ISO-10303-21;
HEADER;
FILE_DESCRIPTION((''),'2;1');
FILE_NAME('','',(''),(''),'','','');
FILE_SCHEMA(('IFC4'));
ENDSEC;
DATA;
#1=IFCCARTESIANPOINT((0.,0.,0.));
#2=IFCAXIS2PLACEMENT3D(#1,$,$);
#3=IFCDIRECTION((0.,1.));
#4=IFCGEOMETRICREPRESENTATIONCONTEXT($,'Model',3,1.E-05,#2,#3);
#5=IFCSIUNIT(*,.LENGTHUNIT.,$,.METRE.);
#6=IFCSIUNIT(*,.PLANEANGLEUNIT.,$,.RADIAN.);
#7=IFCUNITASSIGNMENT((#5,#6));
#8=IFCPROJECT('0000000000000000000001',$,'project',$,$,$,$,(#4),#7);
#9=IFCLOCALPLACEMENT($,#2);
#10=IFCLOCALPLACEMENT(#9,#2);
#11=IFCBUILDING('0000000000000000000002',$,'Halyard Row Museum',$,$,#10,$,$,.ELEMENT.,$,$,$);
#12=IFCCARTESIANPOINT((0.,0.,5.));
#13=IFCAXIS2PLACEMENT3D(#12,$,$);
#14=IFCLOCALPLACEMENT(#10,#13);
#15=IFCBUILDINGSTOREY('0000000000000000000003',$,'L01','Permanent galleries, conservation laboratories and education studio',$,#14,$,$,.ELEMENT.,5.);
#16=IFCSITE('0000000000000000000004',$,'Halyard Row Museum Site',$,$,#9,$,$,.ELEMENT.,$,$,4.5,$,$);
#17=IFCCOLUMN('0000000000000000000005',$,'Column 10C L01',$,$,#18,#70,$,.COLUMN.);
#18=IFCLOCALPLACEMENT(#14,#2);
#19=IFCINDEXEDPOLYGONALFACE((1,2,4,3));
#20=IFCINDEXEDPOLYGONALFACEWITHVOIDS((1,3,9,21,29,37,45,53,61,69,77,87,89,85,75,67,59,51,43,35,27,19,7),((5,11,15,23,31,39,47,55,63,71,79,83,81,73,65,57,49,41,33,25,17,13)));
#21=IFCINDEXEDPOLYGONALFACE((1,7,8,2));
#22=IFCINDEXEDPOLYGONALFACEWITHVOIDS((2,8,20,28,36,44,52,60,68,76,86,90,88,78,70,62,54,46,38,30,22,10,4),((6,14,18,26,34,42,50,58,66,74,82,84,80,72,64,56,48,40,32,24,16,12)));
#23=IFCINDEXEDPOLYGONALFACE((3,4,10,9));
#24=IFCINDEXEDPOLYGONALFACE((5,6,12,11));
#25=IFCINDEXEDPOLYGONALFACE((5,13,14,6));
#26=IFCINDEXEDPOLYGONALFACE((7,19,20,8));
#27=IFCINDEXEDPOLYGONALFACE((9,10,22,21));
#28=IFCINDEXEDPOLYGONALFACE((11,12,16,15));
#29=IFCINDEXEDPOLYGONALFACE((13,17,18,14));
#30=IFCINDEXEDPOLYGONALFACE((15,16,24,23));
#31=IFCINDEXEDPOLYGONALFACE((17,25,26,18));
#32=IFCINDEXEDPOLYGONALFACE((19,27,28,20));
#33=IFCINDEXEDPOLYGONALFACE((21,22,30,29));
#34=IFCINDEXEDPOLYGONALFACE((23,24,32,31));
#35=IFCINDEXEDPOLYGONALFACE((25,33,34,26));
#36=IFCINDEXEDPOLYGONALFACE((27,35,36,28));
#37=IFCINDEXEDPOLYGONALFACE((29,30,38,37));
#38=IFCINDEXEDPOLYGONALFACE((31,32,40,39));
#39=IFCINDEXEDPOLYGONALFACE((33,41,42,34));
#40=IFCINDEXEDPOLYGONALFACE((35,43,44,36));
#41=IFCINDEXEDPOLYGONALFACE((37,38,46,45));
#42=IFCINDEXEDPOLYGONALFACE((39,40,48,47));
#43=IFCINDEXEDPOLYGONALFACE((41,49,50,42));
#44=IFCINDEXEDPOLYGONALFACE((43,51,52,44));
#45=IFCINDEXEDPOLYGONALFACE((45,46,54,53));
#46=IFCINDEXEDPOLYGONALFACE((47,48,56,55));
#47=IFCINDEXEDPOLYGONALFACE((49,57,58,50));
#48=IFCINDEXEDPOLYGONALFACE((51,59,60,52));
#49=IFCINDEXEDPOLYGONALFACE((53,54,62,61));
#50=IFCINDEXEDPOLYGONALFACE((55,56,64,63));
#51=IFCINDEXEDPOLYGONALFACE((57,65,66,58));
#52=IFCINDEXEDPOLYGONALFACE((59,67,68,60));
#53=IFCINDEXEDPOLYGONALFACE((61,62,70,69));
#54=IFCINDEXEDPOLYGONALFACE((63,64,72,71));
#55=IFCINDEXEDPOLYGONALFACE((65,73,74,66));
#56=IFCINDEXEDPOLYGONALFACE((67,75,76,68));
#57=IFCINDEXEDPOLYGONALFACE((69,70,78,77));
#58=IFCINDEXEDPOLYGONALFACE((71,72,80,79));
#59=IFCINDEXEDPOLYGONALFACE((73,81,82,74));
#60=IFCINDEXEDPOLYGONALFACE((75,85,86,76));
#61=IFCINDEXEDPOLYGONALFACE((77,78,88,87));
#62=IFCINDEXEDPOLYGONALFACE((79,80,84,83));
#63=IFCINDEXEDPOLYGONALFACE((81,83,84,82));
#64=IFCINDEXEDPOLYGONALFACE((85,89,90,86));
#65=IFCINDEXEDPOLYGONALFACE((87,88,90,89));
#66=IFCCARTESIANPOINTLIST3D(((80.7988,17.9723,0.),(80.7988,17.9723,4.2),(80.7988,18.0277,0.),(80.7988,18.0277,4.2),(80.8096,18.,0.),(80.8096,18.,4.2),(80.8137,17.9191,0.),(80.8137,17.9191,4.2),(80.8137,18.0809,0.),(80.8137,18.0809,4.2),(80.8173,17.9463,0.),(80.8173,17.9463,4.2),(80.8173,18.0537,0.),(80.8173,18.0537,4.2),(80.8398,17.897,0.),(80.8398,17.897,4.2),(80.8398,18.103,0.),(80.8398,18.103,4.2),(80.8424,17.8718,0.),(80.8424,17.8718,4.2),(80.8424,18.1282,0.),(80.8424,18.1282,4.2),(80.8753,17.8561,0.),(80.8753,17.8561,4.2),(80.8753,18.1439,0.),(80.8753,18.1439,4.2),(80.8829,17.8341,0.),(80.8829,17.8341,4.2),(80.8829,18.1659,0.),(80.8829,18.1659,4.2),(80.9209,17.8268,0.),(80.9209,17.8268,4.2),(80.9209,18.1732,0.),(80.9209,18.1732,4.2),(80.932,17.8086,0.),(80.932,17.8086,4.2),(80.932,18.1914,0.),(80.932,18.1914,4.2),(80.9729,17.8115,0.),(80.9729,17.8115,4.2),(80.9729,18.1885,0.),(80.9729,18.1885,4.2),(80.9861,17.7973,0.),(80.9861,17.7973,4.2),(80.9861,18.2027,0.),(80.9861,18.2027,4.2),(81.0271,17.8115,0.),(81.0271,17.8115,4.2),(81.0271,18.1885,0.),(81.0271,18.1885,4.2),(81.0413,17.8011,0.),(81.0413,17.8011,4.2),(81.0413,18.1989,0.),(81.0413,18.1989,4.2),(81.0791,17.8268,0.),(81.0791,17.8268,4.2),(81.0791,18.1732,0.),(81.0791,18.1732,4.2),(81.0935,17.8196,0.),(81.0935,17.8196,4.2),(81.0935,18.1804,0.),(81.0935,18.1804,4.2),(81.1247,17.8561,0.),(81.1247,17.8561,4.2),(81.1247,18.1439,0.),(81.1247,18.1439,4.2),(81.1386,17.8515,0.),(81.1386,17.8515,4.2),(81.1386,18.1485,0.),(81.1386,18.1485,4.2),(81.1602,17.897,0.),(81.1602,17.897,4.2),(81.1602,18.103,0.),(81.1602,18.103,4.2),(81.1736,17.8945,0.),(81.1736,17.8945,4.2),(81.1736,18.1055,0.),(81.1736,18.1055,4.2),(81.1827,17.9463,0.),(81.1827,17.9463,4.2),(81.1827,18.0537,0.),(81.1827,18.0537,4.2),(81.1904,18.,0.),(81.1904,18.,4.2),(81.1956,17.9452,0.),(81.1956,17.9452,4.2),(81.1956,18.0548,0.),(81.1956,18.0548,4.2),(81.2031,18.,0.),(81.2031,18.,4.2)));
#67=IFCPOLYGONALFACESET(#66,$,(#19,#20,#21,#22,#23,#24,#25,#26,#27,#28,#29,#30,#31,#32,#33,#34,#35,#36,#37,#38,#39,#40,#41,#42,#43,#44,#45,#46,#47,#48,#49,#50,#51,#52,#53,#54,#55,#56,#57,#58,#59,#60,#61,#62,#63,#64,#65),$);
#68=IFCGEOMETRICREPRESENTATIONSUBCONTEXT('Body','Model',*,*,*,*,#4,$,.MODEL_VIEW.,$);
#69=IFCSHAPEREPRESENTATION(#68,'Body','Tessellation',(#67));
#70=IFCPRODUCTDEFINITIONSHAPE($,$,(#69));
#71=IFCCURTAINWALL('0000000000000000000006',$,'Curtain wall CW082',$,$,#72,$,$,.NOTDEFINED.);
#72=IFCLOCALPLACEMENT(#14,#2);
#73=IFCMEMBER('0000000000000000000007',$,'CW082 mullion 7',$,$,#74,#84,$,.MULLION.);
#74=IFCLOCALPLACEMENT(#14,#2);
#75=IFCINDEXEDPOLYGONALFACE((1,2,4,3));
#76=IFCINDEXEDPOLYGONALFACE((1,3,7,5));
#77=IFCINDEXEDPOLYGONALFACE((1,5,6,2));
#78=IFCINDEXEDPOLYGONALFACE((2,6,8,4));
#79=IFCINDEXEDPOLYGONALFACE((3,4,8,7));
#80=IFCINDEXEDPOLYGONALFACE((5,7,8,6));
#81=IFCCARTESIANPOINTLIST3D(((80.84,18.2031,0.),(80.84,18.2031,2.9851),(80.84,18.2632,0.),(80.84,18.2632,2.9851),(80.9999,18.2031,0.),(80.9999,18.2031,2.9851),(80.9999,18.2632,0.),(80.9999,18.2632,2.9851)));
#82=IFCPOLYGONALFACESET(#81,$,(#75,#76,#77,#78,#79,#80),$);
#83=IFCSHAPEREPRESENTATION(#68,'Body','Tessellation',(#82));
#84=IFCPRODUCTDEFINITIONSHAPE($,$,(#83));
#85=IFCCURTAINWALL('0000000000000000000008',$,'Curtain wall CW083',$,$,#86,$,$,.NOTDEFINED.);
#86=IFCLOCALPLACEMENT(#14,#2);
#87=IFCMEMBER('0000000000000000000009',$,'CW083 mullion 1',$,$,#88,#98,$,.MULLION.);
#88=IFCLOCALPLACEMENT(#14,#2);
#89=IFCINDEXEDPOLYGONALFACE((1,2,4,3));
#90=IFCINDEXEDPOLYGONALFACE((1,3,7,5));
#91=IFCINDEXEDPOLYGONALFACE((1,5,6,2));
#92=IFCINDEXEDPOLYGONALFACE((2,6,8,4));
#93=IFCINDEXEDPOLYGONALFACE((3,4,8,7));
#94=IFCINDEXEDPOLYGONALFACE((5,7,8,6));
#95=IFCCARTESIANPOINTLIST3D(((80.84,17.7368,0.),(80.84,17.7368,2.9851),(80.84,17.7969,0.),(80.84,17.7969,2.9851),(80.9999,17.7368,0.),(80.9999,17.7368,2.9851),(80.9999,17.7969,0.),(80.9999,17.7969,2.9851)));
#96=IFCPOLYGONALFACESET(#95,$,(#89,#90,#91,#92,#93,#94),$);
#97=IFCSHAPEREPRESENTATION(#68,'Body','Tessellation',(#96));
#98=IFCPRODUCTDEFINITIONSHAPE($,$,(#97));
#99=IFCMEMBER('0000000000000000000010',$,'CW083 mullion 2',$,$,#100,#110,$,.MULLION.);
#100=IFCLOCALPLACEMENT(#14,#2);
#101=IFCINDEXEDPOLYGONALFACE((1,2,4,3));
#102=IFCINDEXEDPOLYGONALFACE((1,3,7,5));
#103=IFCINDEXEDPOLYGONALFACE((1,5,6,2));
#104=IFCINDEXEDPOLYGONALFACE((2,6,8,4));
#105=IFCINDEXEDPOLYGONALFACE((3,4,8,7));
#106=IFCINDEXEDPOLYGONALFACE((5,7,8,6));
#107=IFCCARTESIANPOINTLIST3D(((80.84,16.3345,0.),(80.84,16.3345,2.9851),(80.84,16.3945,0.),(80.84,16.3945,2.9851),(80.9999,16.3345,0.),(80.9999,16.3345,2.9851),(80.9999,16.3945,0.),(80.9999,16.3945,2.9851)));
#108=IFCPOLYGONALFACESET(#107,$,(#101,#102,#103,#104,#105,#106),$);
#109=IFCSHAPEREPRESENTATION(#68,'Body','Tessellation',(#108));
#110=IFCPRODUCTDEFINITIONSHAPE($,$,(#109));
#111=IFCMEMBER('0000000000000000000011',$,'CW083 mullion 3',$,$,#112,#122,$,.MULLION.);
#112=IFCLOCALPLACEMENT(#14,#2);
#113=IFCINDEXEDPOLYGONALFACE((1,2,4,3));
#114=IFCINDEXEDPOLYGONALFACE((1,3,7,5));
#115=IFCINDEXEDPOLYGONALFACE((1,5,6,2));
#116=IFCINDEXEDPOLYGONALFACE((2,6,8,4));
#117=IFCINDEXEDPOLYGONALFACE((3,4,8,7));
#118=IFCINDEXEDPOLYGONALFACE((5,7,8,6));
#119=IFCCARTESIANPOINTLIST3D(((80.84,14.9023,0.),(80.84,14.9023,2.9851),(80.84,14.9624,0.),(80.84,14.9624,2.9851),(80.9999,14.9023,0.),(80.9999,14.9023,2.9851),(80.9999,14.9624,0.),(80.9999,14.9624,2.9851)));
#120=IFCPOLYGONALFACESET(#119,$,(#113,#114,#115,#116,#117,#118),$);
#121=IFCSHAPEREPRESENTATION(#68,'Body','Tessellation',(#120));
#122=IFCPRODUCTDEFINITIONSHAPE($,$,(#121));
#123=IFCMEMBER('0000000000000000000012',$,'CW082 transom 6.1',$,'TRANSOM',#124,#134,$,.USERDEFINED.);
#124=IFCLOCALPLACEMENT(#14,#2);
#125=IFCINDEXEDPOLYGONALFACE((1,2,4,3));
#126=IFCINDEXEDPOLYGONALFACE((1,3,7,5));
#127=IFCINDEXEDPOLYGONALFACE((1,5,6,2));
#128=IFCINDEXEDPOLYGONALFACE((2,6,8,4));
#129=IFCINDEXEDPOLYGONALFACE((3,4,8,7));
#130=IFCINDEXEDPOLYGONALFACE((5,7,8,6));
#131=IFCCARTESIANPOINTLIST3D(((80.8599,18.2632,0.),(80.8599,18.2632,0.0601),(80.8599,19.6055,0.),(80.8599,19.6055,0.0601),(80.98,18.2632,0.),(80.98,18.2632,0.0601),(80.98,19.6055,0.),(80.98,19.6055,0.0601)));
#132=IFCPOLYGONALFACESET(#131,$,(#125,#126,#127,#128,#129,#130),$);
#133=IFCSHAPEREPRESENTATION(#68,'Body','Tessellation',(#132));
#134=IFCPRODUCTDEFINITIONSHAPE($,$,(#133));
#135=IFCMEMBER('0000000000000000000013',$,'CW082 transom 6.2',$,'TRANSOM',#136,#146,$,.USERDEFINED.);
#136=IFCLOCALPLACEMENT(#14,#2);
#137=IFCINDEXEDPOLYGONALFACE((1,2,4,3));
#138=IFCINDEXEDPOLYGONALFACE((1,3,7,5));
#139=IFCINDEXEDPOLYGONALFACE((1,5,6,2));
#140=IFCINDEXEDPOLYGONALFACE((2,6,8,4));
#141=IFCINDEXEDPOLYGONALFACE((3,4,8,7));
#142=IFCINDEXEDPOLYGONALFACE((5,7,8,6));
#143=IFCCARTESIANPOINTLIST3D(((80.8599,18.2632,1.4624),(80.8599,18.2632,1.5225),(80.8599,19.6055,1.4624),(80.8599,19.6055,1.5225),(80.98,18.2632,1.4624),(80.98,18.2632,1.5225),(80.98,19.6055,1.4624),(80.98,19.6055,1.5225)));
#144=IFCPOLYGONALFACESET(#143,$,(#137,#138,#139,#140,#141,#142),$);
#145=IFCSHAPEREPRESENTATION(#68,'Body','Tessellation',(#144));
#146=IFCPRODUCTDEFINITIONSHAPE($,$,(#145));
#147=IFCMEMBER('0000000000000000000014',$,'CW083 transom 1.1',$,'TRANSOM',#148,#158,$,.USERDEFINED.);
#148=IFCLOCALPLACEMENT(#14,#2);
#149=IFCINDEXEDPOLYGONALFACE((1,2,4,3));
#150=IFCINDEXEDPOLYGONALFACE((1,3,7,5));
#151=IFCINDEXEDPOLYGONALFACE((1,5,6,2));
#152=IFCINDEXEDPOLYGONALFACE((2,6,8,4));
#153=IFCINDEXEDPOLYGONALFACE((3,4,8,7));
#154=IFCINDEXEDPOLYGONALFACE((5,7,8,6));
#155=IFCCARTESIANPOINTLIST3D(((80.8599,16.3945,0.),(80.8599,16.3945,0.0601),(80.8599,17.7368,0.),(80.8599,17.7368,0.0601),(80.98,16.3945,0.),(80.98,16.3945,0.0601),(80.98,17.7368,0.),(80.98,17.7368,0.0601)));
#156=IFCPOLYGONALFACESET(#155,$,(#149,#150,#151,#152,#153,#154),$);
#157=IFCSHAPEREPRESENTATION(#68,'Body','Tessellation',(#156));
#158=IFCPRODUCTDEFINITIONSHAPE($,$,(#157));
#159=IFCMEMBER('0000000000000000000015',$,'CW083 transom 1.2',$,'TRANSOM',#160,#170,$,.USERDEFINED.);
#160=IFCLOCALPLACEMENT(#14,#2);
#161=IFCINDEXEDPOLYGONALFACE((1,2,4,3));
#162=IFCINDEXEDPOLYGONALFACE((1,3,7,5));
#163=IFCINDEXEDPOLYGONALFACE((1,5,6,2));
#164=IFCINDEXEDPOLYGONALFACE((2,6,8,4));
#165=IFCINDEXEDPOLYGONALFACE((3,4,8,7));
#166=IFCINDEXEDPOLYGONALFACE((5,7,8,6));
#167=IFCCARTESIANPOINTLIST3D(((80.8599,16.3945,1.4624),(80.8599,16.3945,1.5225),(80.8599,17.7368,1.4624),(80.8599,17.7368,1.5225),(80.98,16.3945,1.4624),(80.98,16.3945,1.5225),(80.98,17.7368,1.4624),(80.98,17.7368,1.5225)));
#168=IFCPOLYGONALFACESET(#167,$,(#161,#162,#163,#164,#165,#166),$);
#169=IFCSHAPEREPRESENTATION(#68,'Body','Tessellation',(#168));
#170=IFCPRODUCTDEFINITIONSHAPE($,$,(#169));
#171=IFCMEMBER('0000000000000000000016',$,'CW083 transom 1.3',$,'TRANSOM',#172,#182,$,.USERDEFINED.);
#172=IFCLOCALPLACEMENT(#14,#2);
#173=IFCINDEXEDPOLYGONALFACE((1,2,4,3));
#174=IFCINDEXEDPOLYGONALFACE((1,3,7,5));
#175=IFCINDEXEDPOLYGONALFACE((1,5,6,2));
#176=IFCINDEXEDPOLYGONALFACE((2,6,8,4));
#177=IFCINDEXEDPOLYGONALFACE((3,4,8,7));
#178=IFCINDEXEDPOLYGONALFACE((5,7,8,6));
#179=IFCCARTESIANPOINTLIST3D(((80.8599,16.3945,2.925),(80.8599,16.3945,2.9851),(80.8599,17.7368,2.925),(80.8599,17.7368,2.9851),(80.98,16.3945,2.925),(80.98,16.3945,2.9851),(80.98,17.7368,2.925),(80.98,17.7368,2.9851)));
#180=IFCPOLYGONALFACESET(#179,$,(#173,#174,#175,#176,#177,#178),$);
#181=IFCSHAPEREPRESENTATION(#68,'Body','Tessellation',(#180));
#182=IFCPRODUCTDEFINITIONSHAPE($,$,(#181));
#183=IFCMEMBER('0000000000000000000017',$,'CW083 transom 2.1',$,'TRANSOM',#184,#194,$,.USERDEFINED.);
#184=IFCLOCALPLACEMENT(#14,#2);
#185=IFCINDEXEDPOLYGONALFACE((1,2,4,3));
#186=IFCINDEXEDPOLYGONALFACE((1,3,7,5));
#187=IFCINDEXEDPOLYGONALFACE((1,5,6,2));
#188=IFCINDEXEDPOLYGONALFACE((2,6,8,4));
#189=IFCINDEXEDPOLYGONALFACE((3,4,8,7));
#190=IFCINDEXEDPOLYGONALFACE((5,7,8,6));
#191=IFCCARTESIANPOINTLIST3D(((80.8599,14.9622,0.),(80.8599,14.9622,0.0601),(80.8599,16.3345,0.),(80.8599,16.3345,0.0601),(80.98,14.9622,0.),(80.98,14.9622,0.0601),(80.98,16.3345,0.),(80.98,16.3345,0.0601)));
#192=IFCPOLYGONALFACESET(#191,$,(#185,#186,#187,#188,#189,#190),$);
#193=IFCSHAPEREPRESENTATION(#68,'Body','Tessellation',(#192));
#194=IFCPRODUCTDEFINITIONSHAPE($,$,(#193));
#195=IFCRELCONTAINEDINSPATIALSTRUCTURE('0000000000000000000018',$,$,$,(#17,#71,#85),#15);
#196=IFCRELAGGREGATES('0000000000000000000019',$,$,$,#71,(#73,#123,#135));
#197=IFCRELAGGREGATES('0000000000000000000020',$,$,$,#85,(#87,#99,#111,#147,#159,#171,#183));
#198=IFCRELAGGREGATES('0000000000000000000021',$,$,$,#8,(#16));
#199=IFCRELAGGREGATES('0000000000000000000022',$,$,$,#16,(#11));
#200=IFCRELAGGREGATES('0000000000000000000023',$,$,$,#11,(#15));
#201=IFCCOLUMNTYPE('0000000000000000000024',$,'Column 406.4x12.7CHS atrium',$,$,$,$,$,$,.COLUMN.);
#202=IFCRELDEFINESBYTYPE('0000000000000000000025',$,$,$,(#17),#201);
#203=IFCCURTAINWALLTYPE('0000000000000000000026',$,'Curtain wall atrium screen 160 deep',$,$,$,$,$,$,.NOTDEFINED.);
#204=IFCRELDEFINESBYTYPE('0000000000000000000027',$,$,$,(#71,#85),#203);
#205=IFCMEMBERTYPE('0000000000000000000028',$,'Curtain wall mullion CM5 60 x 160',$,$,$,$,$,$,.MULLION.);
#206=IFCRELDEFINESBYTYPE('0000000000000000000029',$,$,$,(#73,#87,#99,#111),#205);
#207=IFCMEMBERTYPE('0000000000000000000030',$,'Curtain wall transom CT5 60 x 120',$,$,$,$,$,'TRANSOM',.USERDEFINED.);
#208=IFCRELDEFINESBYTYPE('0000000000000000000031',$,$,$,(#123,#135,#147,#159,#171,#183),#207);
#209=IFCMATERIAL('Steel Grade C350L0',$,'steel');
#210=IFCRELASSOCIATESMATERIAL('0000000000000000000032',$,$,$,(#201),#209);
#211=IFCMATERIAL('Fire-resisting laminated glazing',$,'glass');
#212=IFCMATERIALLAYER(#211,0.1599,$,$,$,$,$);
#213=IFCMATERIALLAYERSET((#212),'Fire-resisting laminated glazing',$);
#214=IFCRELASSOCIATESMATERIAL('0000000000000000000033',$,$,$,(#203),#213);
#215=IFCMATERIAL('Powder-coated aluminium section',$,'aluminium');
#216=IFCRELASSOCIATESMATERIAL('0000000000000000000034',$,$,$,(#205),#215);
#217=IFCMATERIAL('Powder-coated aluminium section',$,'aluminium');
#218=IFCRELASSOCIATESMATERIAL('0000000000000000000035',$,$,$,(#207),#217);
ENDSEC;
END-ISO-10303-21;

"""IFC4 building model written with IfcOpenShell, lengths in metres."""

from ifc_helpers import new_model, si_unit, direction, frame, origin, origin_2d, place, context, subcontext, project, spatial, rectangle, hollow_circle, extrude, material, layer, layer_set, material_profile, profile_set, type_object, element, aggregate, save


model = new_model("IFC4")

# Units and contexts
model_context = context("Model", 3, precision=1e-05, world=origin(), true_north=direction((0.0, 1.0)))
body_context = subcontext(model_context, "Body", "Model", "MODEL_VIEW")
ifc_project = project(units=[si_unit("LENGTHUNIT", "METRE"), si_unit("PLANEANGLEUNIT", "RADIAN")], contexts=[model_context])

# Site, building, storey
site_placement = place(None, origin())
site = spatial("IfcSite", under=ifc_project, at=site_placement, Name="Halyard Row Museum Site", CompositionType="ELEMENT", RefElevation=4.5)
building_placement = place(site_placement, origin())
building = spatial("IfcBuilding", under=site, at=building_placement, Name="Halyard Row Museum", CompositionType="ELEMENT")
storey_placement = place(building_placement, frame((0.0, 0.0, 5.0)))
storey = spatial("IfcBuildingStorey", under=building, at=storey_placement, Name="L01", Description="Permanent galleries, conservation laboratories and education studio", CompositionType="ELEMENT", Elevation=5.0)

# Column
ifc_material_1 = material(Name="Steel Grade C350L0", Category="steel")
ifc_material_profile_1 = material_profile(ifc_material_1, hollow_circle(Radius=0.2031, WallThickness=0.0127, at=origin_2d()), Name="406.4x12.7CHS")
ifc_profile_set_1 = profile_set([ifc_material_profile_1], Name="Steel Grade C350L0")
column_type = type_object("IfcColumnType", Name="Column 406.4x12.7CHS atrium", PredefinedType="COLUMN", material=ifc_profile_set_1)
column_placement = place(storey_placement, frame((81.0, 18.0, 0.0), z_axis=(0.0, 0.0, 1.0), x_axis=(1.0, 0.0, 0.0)))
element("IfcColumn", 1, at=column_placement, inside=storey, type_object=column_type, Name="Column 10C L01", PredefinedType="COLUMN", context=body_context, shape_type="SweptSolid", body=[
    extrude(hollow_circle(Radius=0.2031, WallThickness=0.0127, at=origin_2d()), origin(), (0.0, 0.0, 1.0), 4.2),
])

# Curtain wall, member
ifc_material_2 = material(Name="Fire-resisting laminated glazing", Category="glass")
ifc_layer_1 = layer(ifc_material_2, 0.1599)
ifc_layer_set_1 = layer_set([ifc_layer_1], Name="Fire-resisting laminated glazing")
curtain_wall_type = type_object("IfcCurtainWallType", Name="Curtain wall atrium screen 160 deep", PredefinedType="NOTDEFINED", material=ifc_layer_set_1)
curtain_wall_1_placement = place(storey_placement, origin())
curtain_wall_1 = element("IfcCurtainWall", 2, at=curtain_wall_1_placement, inside=storey, type_object=curtain_wall_type, Name="Curtain wall CW082", PredefinedType="NOTDEFINED")
ifc_material_3 = material(Name="Powder-coated aluminium section", Category="aluminium")
ifc_material_profile_2 = material_profile(ifc_material_3, rectangle(XDim=0.1599, YDim=0.0601, at=origin_2d()), Name="160x60 mullion")
ifc_profile_set_2 = profile_set([ifc_material_profile_2], Name="Powder-coated aluminium section")
member_type_1 = type_object("IfcMemberType", Name="Curtain wall mullion CM5 60 x 160", PredefinedType="MULLION", material=ifc_profile_set_2)
member_1_placement = place(storey_placement, frame((80.9199, 18.2332, 0.0), z_axis=(0.0, 0.0, 1.0), x_axis=(1.0, 0.0, 0.0)))
member_1 = element("IfcMember", 3, at=member_1_placement, type_object=member_type_1, Name="CW082 mullion 7", PredefinedType="MULLION", context=body_context, shape_type="SweptSolid", body=[
    extrude(rectangle(XDim=0.1599, YDim=0.0601, at=origin_2d()), origin(), (0.0, 0.0, 1.0), 2.9851),
])

# Curtain wall, members
curtain_wall_2_placement = place(storey_placement, origin())
curtain_wall_2 = element("IfcCurtainWall", 4, at=curtain_wall_2_placement, inside=storey, type_object=curtain_wall_type, Name="Curtain wall CW083", PredefinedType="NOTDEFINED")
member_2_placement = place(storey_placement, frame((80.9199, 17.7668, 0.0), z_axis=(0.0, 0.0, 1.0), x_axis=(1.0, 0.0, 0.0)))
member_2 = element("IfcMember", 5, at=member_2_placement, type_object=member_type_1, Name="CW083 mullion 1", PredefinedType="MULLION", context=body_context, shape_type="SweptSolid", body=[
    extrude(rectangle(XDim=0.1599, YDim=0.0601, at=origin_2d()), origin(), (0.0, 0.0, 1.0), 2.9851),
])
member_3_placement = place(storey_placement, frame((80.9199, 16.3645, 0.0), z_axis=(0.0, 0.0, 1.0), x_axis=(1.0, 0.0, 0.0)))
member_3 = element("IfcMember", 6, at=member_3_placement, type_object=member_type_1, Name="CW083 mullion 2", PredefinedType="MULLION", context=body_context, shape_type="SweptSolid", body=[
    extrude(rectangle(XDim=0.1599, YDim=0.0601, at=origin_2d()), origin(), (0.0, 0.0, 1.0), 2.9851),
])
member_4_placement = place(storey_placement, frame((80.9199, 14.9324, 0.0), z_axis=(0.0, 0.0, 1.0), x_axis=(1.0, 0.0, 0.0)))
member_4 = element("IfcMember", 7, at=member_4_placement, type_object=member_type_1, Name="CW083 mullion 3", PredefinedType="MULLION", context=body_context, shape_type="SweptSolid", body=[
    extrude(rectangle(XDim=0.1599, YDim=0.0601, at=origin_2d()), origin(), (0.0, 0.0, 1.0), 2.9851),
])

# Members
ifc_material_4 = material(Name="Powder-coated aluminium section", Category="aluminium")
ifc_material_profile_3 = material_profile(ifc_material_4, rectangle(XDim=0.1201, YDim=0.0601, at=origin_2d()), Name="120x60 transom")
ifc_profile_set_3 = profile_set([ifc_material_profile_3], Name="Powder-coated aluminium section")
member_type_2 = type_object("IfcMemberType", Name="Curtain wall transom CT5 60 x 120", ElementType="TRANSOM", PredefinedType="USERDEFINED", material=ifc_profile_set_3)
member_5_placement = place(storey_placement, frame((80.9199, 19.6055, 0.03), z_axis=(0.0, -1.0, 0.0), x_axis=(1.0, 0.0, 0.0)))
member_5 = element("IfcMember", 8, at=member_5_placement, type_object=member_type_2, Name="CW082 transom 6.1", ObjectType="TRANSOM", PredefinedType="USERDEFINED", context=body_context, shape_type="SweptSolid", body=[
    extrude(rectangle(XDim=0.1201, YDim=0.0601, at=origin_2d()), origin(), (0.0, 0.0, 1.0), 1.3423),
])
member_6_placement = place(storey_placement, frame((80.9199, 19.6055, 1.4924), z_axis=(0.0, -1.0, 0.0), x_axis=(1.0, 0.0, 0.0)))
member_6 = element("IfcMember", 9, at=member_6_placement, type_object=member_type_2, Name="CW082 transom 6.2", ObjectType="TRANSOM", PredefinedType="USERDEFINED", context=body_context, shape_type="SweptSolid", body=[
    extrude(rectangle(XDim=0.1201, YDim=0.0601, at=origin_2d()), origin(), (0.0, 0.0, 1.0), 1.3423),
])
member_7_placement = place(storey_placement, frame((80.9199, 17.7368, 0.03), z_axis=(0.0, -1.0, 0.0), x_axis=(1.0, 0.0, 0.0)))
member_7 = element("IfcMember", 10, at=member_7_placement, type_object=member_type_2, Name="CW083 transom 1.1", ObjectType="TRANSOM", PredefinedType="USERDEFINED", context=body_context, shape_type="SweptSolid", body=[
    extrude(rectangle(XDim=0.1201, YDim=0.0601, at=origin_2d()), origin(), (0.0, 0.0, 1.0), 1.3423),
])
member_8_placement = place(storey_placement, frame((80.9199, 17.7368, 1.4924), z_axis=(0.0, -1.0, 0.0), x_axis=(1.0, 0.0, 0.0)))
member_8 = element("IfcMember", 11, at=member_8_placement, type_object=member_type_2, Name="CW083 transom 1.2", ObjectType="TRANSOM", PredefinedType="USERDEFINED", context=body_context, shape_type="SweptSolid", body=[
    extrude(rectangle(XDim=0.1201, YDim=0.0601, at=origin_2d()), origin(), (0.0, 0.0, 1.0), 1.3423),
])
member_9_placement = place(storey_placement, frame((80.9199, 17.7368, 2.9551), z_axis=(0.0, -1.0, 0.0), x_axis=(1.0, 0.0, 0.0)))
member_9 = element("IfcMember", 12, at=member_9_placement, type_object=member_type_2, Name="CW083 transom 1.3", ObjectType="TRANSOM", PredefinedType="USERDEFINED", context=body_context, shape_type="SweptSolid", body=[
    extrude(rectangle(XDim=0.1201, YDim=0.0601, at=origin_2d()), origin(), (0.0, 0.0, 1.0), 1.3423),
])
member_10_placement = place(storey_placement, frame((80.9199, 16.3345, 0.03), z_axis=(0.0, -1.0, 0.0), x_axis=(1.0, 0.0, 0.0)))
member_10 = element("IfcMember", 13, at=member_10_placement, type_object=member_type_2, Name="CW083 transom 2.1", ObjectType="TRANSOM", PredefinedType="USERDEFINED", context=body_context, shape_type="SweptSolid", body=[
    extrude(rectangle(XDim=0.1201, YDim=0.0601, at=origin_2d()), origin(), (0.0, 0.0, 1.0), 1.3723),
])

aggregate(curtain_wall_1, [member_1, member_5, member_6])
aggregate(curtain_wall_2, [member_2, member_3, member_4, member_7, member_8, member_9, member_10])

save(model, "model.ifc")
